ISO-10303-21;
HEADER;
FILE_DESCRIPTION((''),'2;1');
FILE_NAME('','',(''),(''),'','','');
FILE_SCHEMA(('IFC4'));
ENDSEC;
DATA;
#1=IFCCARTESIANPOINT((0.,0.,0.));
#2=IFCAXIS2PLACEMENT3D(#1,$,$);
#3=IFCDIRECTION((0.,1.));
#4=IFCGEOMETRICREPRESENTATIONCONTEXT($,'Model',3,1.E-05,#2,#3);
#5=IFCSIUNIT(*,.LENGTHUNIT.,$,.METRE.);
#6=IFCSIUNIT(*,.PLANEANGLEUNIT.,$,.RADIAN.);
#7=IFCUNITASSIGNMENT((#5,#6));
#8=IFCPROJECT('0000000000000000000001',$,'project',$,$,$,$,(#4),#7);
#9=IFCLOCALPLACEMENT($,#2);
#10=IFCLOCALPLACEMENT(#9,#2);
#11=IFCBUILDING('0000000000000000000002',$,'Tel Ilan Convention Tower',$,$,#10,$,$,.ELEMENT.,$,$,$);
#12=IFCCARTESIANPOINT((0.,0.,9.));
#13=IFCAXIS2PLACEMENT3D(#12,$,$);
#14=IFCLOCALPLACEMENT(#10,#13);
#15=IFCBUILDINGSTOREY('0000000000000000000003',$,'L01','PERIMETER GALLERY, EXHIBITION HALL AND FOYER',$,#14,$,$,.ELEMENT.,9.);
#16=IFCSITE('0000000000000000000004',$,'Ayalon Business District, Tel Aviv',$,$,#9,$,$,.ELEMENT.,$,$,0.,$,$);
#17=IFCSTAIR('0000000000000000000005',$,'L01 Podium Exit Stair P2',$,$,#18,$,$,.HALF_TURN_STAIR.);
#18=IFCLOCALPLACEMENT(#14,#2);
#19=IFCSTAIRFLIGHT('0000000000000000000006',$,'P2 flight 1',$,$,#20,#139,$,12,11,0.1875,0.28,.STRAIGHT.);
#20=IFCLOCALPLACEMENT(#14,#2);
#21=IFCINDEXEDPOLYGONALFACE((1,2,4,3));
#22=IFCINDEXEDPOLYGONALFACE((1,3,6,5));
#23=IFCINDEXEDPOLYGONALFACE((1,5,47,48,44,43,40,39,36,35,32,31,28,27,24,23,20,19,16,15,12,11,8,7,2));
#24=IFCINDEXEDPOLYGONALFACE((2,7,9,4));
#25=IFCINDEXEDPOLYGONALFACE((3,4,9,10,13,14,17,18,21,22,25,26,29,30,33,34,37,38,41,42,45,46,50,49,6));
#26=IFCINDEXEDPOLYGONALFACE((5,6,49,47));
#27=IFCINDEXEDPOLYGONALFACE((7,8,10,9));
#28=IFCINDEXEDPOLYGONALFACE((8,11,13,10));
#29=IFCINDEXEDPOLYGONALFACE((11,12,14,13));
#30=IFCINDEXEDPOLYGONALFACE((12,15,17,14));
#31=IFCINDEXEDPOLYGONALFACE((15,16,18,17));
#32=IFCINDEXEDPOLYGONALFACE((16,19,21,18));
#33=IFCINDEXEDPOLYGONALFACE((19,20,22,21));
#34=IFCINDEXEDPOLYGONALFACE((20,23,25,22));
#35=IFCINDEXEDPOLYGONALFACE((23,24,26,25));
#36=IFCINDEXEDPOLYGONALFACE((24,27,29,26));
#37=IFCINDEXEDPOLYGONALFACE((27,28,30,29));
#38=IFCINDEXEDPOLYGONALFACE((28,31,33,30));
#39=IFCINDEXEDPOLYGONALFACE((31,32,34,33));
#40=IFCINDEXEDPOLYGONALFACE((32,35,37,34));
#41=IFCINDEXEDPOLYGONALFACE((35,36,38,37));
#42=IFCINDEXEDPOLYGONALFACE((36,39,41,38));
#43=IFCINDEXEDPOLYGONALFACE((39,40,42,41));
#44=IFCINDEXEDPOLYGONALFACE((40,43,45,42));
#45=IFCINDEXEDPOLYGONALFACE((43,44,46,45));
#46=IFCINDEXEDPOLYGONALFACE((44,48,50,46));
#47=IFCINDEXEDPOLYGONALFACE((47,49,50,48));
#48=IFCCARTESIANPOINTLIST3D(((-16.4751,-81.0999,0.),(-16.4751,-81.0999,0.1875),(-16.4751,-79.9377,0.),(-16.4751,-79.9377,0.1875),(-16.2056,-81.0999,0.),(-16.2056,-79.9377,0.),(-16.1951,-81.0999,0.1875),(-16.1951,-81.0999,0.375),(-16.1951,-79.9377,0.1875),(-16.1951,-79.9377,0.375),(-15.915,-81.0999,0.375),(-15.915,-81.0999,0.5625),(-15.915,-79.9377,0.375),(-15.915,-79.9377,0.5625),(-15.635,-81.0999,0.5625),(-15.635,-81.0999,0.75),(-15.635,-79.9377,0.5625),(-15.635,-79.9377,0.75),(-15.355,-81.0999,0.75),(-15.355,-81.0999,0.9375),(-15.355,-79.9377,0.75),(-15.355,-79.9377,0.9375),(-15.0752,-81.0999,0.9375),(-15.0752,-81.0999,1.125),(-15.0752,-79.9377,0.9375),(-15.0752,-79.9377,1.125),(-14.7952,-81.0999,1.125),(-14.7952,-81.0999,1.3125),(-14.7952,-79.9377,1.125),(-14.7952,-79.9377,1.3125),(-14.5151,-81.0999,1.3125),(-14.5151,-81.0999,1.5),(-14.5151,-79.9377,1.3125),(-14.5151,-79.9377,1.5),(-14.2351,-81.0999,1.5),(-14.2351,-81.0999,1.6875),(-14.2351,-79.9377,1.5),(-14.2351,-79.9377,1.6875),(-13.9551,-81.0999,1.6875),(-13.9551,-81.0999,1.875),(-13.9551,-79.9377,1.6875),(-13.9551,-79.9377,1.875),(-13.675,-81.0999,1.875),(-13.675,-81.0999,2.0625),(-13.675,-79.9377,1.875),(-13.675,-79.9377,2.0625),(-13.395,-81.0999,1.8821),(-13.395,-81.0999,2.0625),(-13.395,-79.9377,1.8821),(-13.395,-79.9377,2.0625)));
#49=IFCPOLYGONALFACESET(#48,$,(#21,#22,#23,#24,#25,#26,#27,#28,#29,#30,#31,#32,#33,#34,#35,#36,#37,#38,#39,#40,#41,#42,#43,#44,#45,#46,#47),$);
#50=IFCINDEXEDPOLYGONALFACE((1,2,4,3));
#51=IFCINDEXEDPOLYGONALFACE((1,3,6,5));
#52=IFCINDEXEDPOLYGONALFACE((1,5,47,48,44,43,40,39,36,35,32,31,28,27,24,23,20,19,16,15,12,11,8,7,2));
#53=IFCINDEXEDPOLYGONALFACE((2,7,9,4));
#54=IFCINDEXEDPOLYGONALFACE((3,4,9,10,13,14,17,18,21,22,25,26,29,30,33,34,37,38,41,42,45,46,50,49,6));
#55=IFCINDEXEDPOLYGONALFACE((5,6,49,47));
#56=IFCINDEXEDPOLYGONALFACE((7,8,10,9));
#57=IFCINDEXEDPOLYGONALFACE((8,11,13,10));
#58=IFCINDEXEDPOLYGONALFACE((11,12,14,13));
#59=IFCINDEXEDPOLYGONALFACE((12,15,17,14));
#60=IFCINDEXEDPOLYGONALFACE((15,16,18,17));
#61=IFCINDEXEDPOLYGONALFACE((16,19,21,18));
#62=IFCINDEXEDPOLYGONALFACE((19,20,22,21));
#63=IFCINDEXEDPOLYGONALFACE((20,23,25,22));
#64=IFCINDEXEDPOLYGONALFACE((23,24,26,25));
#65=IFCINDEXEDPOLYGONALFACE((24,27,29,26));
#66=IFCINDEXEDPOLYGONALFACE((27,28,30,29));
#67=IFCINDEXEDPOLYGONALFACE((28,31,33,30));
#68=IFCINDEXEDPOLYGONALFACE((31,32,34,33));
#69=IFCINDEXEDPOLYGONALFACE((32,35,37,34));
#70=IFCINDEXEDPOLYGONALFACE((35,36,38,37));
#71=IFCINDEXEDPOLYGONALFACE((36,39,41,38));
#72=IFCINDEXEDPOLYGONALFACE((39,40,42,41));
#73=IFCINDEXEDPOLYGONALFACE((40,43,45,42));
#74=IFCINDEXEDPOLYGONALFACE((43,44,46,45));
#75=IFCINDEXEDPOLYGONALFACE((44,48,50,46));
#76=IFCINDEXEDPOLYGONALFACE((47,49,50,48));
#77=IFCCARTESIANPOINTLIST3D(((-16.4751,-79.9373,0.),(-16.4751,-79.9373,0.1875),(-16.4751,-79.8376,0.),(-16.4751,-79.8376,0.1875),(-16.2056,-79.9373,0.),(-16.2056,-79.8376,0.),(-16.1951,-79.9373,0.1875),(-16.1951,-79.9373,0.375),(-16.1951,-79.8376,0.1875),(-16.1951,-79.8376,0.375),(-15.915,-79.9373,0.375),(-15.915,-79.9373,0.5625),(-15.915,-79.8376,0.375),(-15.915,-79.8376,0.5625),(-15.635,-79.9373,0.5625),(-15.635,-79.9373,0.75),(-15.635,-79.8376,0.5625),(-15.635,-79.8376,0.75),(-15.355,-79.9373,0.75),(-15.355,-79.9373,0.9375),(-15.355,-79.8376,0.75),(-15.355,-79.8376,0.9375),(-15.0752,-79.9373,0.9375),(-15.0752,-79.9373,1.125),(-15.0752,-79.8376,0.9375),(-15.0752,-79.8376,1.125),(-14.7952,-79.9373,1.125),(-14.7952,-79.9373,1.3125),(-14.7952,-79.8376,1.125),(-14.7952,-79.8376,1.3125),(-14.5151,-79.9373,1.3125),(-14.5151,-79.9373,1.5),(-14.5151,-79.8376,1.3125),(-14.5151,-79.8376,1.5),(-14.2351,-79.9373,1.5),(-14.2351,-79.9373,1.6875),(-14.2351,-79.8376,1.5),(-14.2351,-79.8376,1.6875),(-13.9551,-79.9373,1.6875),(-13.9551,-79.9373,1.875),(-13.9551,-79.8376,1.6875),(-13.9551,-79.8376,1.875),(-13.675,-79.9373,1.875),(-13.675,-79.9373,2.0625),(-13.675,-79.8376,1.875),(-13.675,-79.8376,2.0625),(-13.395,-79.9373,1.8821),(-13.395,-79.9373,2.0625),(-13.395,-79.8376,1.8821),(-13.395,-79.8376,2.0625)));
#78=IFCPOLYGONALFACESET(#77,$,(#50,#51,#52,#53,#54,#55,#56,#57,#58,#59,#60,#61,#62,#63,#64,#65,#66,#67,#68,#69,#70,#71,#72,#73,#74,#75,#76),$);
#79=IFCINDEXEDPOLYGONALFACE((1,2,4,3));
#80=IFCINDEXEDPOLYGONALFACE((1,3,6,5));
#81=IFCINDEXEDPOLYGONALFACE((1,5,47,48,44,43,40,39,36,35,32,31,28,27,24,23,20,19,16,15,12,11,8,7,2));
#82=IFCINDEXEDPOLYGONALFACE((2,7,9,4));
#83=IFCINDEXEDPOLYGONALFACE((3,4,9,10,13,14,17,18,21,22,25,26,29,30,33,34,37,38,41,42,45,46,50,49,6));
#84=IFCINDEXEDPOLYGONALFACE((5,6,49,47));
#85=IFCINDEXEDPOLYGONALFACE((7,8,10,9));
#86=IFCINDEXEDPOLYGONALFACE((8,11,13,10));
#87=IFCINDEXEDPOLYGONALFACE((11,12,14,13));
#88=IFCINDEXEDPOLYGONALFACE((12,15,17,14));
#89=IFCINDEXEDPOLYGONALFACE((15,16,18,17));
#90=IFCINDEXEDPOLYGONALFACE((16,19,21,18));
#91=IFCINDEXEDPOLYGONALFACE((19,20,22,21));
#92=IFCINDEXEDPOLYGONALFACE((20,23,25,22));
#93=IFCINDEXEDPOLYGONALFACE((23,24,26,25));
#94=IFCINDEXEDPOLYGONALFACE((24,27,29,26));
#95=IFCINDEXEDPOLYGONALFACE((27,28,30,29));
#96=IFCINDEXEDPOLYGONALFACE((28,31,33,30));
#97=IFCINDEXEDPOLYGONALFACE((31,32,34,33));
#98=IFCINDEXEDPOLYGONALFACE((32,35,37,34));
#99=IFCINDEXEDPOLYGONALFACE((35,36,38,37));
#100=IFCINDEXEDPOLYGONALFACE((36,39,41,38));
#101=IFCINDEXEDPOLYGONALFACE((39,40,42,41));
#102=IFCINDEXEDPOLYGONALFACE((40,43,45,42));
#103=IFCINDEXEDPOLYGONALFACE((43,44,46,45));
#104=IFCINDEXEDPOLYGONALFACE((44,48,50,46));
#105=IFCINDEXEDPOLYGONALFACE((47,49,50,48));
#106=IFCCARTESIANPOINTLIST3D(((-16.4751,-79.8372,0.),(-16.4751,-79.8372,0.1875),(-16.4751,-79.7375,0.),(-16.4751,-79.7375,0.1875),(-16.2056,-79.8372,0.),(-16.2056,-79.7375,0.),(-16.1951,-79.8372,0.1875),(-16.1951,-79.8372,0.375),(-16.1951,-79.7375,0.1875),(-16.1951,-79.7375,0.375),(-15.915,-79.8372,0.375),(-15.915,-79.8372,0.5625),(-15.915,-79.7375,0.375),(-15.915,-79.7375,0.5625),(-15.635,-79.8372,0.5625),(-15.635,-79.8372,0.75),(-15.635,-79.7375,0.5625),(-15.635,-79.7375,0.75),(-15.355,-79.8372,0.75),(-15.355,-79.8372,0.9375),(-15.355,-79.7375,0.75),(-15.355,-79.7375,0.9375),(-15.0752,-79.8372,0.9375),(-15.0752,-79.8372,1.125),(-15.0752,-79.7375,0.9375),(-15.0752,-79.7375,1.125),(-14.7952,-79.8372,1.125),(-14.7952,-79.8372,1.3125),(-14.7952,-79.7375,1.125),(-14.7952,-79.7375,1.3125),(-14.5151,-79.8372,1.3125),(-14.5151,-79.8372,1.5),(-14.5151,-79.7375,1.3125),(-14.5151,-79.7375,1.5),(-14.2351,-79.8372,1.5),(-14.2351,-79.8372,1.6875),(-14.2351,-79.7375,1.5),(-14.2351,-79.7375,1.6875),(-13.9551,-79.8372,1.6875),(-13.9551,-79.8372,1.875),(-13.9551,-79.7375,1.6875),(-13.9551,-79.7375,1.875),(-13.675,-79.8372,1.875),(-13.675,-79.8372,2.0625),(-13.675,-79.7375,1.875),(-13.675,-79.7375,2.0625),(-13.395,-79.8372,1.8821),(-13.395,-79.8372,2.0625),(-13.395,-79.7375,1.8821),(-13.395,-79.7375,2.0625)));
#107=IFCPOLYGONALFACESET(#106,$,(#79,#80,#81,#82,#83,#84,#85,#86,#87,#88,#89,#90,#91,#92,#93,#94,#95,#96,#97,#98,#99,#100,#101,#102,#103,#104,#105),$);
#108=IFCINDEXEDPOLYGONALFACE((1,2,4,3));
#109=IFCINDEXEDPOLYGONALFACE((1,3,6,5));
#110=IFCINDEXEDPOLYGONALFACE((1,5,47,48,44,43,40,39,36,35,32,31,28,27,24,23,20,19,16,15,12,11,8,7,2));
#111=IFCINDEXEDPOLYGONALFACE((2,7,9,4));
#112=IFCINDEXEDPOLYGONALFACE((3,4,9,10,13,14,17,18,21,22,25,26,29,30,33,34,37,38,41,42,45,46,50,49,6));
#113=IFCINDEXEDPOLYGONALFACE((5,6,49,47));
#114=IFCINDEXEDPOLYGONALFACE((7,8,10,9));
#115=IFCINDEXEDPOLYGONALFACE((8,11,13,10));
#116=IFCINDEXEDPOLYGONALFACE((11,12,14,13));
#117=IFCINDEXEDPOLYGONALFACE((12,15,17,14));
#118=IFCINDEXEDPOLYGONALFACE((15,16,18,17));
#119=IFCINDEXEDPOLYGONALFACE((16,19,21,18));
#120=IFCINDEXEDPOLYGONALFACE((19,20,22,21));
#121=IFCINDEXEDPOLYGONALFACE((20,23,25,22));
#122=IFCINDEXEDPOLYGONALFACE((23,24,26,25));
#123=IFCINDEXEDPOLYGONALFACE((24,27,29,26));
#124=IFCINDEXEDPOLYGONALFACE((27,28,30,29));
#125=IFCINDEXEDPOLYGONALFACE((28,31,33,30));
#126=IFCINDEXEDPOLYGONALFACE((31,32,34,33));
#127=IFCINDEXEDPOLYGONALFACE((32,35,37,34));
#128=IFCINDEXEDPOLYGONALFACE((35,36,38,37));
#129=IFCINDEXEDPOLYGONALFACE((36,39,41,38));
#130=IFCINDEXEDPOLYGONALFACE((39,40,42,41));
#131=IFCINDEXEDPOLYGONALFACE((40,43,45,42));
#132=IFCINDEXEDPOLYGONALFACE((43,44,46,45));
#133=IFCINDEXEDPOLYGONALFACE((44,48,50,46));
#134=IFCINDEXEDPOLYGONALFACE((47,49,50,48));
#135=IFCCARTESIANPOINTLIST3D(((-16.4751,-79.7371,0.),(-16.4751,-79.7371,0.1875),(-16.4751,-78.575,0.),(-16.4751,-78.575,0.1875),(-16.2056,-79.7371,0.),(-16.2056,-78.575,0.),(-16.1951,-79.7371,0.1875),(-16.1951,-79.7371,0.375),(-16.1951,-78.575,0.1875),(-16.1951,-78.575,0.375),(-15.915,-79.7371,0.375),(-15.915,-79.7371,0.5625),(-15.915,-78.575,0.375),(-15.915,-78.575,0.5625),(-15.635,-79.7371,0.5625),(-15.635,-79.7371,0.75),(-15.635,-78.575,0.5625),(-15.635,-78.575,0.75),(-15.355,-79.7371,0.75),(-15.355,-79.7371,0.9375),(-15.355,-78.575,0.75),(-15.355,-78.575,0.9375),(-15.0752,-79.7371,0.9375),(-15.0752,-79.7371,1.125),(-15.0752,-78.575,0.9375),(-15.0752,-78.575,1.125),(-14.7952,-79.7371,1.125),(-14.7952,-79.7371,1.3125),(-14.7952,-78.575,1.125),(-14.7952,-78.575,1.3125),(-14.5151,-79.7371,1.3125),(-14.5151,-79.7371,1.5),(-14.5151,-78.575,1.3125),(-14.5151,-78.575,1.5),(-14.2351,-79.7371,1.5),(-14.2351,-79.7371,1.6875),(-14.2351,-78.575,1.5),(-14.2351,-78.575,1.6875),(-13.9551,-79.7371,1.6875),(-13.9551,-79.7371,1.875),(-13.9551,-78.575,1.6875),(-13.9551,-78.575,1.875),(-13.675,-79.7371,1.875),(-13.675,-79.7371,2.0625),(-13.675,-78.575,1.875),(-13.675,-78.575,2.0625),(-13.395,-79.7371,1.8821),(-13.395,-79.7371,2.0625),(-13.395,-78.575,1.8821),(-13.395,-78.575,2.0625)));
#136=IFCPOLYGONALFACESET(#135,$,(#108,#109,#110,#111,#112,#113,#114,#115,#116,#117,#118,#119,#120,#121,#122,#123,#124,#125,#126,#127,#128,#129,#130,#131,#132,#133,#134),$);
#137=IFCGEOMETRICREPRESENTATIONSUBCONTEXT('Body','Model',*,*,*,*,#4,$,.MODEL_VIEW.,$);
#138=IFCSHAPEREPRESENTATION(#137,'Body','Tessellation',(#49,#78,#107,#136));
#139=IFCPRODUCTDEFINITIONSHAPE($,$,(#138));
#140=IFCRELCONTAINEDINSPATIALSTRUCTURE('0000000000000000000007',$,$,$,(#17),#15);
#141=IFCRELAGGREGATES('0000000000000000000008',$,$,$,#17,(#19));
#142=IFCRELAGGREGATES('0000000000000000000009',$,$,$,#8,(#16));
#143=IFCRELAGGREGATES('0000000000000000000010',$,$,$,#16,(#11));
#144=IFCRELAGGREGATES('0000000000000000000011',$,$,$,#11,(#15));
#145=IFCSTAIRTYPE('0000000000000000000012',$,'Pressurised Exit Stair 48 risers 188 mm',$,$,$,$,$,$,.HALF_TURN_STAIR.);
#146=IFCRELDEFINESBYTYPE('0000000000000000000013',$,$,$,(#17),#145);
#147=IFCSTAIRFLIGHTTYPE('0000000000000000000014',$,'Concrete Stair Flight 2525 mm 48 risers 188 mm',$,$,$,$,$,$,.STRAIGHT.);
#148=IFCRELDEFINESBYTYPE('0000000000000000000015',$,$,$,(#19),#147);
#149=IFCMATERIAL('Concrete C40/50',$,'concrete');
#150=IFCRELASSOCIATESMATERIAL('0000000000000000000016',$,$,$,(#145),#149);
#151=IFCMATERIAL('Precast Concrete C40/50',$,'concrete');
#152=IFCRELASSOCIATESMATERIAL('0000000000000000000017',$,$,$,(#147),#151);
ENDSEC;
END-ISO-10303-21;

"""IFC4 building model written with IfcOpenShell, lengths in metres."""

from ifc_helpers import new_model, si_unit, direction, frame, origin, place, context, subcontext, project, spatial, polyline, outline, extrude, material, type_object, element, aggregate, save


model = new_model("IFC4")

# Units and contexts
model_context = context("Model", 3, precision=1e-05, world=origin(), true_north=direction((0.0, 1.0)))
body_context = subcontext(model_context, "Body", "Model", "MODEL_VIEW")
ifc_project = project(units=[si_unit("LENGTHUNIT", "METRE"), si_unit("PLANEANGLEUNIT", "RADIAN")], contexts=[model_context])

# Site, building, storey
site_placement = place(None, origin())
site = spatial("IfcSite", under=ifc_project, at=site_placement, Name="Ayalon Business District, Tel Aviv", CompositionType="ELEMENT", RefElevation=0.0)
building_placement = place(site_placement, origin())
building = spatial("IfcBuilding", under=site, at=building_placement, Name="Tel Ilan Convention Tower", CompositionType="ELEMENT")
storey_placement = place(building_placement, frame((0.0, 0.0, 9.0)))
storey = spatial("IfcBuildingStorey", under=building, at=storey_placement, Name="L01", Description="PERIMETER GALLERY, EXHIBITION HALL AND FOYER", CompositionType="ELEMENT", Elevation=9.0)

# Stair, stair flight
ifc_material_1 = material(Name="Concrete C40/50", Category="concrete")
stair_type = type_object("IfcStairType", Name="Pressurised Exit Stair 48 risers 188 mm", PredefinedType="HALF_TURN_STAIR", material=ifc_material_1)
stair_placement = place(storey_placement, origin())
stair = element("IfcStair", 1, at=stair_placement, inside=storey, type_object=stair_type, Name="L01 Podium Exit Stair P2", PredefinedType="HALF_TURN_STAIR")
ifc_material_2 = material(Name="Precast Concrete C40/50", Category="concrete")
stair_flight_type = type_object("IfcStairFlightType", Name="Concrete Stair Flight 2525 mm 48 risers 188 mm", PredefinedType="STRAIGHT", material=ifc_material_2)
stair_flight_1_placement = place(storey_placement, frame((-16.4751, -79.8374, 0.0), z_axis=(0.0, 0.0, 1.0), x_axis=(1.0, 0.0, 0.0)))
stair_flight_1 = element("IfcStairFlight", 2, at=stair_flight_1_placement, type_object=stair_flight_type, Name="P2 flight 1", NumberOfRisers=12, NumberOfTreads=11, PredefinedType="STRAIGHT", RiserHeight=0.1875, TreadLength=0.28, context=body_context, shape_type="SweptSolid", body=[
    extrude(outline(polyline([(0.0, 0.0), (0.0, 0.1875), (0.28, 0.1875), (0.28, 0.375), (0.5601, 0.375), (0.5601, 0.5625), (0.8401, 0.5625), (0.8401, 0.75), (1.1201, 0.75), (1.1201, 0.9375), (1.3999, 0.9375), (1.3999, 1.125), (1.6799, 1.125), (1.6799, 1.3125), (1.96, 1.3125), (1.96, 1.5), (2.24, 1.5), (2.24, 1.6875), (2.52, 1.6875), (2.52, 1.875), (2.8, 1.875), (2.8, 2.0625), (3.0801, 2.0625), (3.0801, 2.25), (3.0801, 1.8821), (0.2695, 0.0), (0.0, 0.0)])), frame((0.0, -0.1003, 0.0), z_axis=(0.0, -1.0, 0.0), x_axis=(1.0, 0.0, 0.0)), (0.0, 0.0, 1.0), 1.1621),
    extrude(outline(polyline([(0.0, 0.0), (0.0, 0.1875), (0.28, 0.1875), (0.28, 0.375), (0.5601, 0.375), (0.5601, 0.5625), (0.8401, 0.5625), (0.8401, 0.75), (1.1201, 0.75), (1.1201, 0.9375), (1.3999, 0.9375), (1.3999, 1.125), (1.6799, 1.125), (1.6799, 1.3125), (1.96, 1.3125), (1.96, 1.5), (2.24, 1.5), (2.24, 1.6875), (2.52, 1.6875), (2.52, 1.875), (2.8, 1.875), (2.8, 2.0625), (3.0801, 2.0625), (3.0801, 2.25), (3.0801, 1.8821), (0.2695, 0.0), (0.0, 0.0)])), frame((0.0, -0.0002, 0.0), z_axis=(0.0, -1.0, 0.0), x_axis=(1.0, 0.0, 0.0)), (0.0, 0.0, 1.0), 0.0996),
    extrude(outline(polyline([(0.0, 0.0), (0.0, 0.1875), (0.28, 0.1875), (0.28, 0.375), (0.5601, 0.375), (0.5601, 0.5625), (0.8401, 0.5625), (0.8401, 0.75), (1.1201, 0.75), (1.1201, 0.9375), (1.3999, 0.9375), (1.3999, 1.125), (1.6799, 1.125), (1.6799, 1.3125), (1.96, 1.3125), (1.96, 1.5), (2.24, 1.5), (2.24, 1.6875), (2.52, 1.6875), (2.52, 1.875), (2.8, 1.875), (2.8, 2.0625), (3.0801, 2.0625), (3.0801, 2.25), (3.0801, 1.8821), (0.2695, 0.0), (0.0, 0.0)])), frame((0.0, 0.0999, 0.0), z_axis=(0.0, -1.0, 0.0), x_axis=(1.0, 0.0, 0.0)), (0.0, 0.0, 1.0), 0.0996),
    extrude(outline(polyline([(0.0, 0.0), (0.0, 0.1875), (0.28, 0.1875), (0.28, 0.375), (0.5601, 0.375), (0.5601, 0.5625), (0.8401, 0.5625), (0.8401, 0.75), (1.1201, 0.75), (1.1201, 0.9375), (1.3999, 0.9375), (1.3999, 1.125), (1.6799, 1.125), (1.6799, 1.3125), (1.96, 1.3125), (1.96, 1.5), (2.24, 1.5), (2.24, 1.6875), (2.52, 1.6875), (2.52, 1.875), (2.8, 1.875), (2.8, 2.0625), (3.0801, 2.0625), (3.0801, 2.25), (3.0801, 1.8821), (0.2695, 0.0), (0.0, 0.0)])), frame((0.0, 1.2625, 0.0), z_axis=(0.0, -1.0, 0.0), x_axis=(1.0, 0.0, 0.0)), (0.0, 0.0, 1.0), 1.1621),
])
aggregate(stair, [stair_flight_1])

save(model, "model.ifc")
